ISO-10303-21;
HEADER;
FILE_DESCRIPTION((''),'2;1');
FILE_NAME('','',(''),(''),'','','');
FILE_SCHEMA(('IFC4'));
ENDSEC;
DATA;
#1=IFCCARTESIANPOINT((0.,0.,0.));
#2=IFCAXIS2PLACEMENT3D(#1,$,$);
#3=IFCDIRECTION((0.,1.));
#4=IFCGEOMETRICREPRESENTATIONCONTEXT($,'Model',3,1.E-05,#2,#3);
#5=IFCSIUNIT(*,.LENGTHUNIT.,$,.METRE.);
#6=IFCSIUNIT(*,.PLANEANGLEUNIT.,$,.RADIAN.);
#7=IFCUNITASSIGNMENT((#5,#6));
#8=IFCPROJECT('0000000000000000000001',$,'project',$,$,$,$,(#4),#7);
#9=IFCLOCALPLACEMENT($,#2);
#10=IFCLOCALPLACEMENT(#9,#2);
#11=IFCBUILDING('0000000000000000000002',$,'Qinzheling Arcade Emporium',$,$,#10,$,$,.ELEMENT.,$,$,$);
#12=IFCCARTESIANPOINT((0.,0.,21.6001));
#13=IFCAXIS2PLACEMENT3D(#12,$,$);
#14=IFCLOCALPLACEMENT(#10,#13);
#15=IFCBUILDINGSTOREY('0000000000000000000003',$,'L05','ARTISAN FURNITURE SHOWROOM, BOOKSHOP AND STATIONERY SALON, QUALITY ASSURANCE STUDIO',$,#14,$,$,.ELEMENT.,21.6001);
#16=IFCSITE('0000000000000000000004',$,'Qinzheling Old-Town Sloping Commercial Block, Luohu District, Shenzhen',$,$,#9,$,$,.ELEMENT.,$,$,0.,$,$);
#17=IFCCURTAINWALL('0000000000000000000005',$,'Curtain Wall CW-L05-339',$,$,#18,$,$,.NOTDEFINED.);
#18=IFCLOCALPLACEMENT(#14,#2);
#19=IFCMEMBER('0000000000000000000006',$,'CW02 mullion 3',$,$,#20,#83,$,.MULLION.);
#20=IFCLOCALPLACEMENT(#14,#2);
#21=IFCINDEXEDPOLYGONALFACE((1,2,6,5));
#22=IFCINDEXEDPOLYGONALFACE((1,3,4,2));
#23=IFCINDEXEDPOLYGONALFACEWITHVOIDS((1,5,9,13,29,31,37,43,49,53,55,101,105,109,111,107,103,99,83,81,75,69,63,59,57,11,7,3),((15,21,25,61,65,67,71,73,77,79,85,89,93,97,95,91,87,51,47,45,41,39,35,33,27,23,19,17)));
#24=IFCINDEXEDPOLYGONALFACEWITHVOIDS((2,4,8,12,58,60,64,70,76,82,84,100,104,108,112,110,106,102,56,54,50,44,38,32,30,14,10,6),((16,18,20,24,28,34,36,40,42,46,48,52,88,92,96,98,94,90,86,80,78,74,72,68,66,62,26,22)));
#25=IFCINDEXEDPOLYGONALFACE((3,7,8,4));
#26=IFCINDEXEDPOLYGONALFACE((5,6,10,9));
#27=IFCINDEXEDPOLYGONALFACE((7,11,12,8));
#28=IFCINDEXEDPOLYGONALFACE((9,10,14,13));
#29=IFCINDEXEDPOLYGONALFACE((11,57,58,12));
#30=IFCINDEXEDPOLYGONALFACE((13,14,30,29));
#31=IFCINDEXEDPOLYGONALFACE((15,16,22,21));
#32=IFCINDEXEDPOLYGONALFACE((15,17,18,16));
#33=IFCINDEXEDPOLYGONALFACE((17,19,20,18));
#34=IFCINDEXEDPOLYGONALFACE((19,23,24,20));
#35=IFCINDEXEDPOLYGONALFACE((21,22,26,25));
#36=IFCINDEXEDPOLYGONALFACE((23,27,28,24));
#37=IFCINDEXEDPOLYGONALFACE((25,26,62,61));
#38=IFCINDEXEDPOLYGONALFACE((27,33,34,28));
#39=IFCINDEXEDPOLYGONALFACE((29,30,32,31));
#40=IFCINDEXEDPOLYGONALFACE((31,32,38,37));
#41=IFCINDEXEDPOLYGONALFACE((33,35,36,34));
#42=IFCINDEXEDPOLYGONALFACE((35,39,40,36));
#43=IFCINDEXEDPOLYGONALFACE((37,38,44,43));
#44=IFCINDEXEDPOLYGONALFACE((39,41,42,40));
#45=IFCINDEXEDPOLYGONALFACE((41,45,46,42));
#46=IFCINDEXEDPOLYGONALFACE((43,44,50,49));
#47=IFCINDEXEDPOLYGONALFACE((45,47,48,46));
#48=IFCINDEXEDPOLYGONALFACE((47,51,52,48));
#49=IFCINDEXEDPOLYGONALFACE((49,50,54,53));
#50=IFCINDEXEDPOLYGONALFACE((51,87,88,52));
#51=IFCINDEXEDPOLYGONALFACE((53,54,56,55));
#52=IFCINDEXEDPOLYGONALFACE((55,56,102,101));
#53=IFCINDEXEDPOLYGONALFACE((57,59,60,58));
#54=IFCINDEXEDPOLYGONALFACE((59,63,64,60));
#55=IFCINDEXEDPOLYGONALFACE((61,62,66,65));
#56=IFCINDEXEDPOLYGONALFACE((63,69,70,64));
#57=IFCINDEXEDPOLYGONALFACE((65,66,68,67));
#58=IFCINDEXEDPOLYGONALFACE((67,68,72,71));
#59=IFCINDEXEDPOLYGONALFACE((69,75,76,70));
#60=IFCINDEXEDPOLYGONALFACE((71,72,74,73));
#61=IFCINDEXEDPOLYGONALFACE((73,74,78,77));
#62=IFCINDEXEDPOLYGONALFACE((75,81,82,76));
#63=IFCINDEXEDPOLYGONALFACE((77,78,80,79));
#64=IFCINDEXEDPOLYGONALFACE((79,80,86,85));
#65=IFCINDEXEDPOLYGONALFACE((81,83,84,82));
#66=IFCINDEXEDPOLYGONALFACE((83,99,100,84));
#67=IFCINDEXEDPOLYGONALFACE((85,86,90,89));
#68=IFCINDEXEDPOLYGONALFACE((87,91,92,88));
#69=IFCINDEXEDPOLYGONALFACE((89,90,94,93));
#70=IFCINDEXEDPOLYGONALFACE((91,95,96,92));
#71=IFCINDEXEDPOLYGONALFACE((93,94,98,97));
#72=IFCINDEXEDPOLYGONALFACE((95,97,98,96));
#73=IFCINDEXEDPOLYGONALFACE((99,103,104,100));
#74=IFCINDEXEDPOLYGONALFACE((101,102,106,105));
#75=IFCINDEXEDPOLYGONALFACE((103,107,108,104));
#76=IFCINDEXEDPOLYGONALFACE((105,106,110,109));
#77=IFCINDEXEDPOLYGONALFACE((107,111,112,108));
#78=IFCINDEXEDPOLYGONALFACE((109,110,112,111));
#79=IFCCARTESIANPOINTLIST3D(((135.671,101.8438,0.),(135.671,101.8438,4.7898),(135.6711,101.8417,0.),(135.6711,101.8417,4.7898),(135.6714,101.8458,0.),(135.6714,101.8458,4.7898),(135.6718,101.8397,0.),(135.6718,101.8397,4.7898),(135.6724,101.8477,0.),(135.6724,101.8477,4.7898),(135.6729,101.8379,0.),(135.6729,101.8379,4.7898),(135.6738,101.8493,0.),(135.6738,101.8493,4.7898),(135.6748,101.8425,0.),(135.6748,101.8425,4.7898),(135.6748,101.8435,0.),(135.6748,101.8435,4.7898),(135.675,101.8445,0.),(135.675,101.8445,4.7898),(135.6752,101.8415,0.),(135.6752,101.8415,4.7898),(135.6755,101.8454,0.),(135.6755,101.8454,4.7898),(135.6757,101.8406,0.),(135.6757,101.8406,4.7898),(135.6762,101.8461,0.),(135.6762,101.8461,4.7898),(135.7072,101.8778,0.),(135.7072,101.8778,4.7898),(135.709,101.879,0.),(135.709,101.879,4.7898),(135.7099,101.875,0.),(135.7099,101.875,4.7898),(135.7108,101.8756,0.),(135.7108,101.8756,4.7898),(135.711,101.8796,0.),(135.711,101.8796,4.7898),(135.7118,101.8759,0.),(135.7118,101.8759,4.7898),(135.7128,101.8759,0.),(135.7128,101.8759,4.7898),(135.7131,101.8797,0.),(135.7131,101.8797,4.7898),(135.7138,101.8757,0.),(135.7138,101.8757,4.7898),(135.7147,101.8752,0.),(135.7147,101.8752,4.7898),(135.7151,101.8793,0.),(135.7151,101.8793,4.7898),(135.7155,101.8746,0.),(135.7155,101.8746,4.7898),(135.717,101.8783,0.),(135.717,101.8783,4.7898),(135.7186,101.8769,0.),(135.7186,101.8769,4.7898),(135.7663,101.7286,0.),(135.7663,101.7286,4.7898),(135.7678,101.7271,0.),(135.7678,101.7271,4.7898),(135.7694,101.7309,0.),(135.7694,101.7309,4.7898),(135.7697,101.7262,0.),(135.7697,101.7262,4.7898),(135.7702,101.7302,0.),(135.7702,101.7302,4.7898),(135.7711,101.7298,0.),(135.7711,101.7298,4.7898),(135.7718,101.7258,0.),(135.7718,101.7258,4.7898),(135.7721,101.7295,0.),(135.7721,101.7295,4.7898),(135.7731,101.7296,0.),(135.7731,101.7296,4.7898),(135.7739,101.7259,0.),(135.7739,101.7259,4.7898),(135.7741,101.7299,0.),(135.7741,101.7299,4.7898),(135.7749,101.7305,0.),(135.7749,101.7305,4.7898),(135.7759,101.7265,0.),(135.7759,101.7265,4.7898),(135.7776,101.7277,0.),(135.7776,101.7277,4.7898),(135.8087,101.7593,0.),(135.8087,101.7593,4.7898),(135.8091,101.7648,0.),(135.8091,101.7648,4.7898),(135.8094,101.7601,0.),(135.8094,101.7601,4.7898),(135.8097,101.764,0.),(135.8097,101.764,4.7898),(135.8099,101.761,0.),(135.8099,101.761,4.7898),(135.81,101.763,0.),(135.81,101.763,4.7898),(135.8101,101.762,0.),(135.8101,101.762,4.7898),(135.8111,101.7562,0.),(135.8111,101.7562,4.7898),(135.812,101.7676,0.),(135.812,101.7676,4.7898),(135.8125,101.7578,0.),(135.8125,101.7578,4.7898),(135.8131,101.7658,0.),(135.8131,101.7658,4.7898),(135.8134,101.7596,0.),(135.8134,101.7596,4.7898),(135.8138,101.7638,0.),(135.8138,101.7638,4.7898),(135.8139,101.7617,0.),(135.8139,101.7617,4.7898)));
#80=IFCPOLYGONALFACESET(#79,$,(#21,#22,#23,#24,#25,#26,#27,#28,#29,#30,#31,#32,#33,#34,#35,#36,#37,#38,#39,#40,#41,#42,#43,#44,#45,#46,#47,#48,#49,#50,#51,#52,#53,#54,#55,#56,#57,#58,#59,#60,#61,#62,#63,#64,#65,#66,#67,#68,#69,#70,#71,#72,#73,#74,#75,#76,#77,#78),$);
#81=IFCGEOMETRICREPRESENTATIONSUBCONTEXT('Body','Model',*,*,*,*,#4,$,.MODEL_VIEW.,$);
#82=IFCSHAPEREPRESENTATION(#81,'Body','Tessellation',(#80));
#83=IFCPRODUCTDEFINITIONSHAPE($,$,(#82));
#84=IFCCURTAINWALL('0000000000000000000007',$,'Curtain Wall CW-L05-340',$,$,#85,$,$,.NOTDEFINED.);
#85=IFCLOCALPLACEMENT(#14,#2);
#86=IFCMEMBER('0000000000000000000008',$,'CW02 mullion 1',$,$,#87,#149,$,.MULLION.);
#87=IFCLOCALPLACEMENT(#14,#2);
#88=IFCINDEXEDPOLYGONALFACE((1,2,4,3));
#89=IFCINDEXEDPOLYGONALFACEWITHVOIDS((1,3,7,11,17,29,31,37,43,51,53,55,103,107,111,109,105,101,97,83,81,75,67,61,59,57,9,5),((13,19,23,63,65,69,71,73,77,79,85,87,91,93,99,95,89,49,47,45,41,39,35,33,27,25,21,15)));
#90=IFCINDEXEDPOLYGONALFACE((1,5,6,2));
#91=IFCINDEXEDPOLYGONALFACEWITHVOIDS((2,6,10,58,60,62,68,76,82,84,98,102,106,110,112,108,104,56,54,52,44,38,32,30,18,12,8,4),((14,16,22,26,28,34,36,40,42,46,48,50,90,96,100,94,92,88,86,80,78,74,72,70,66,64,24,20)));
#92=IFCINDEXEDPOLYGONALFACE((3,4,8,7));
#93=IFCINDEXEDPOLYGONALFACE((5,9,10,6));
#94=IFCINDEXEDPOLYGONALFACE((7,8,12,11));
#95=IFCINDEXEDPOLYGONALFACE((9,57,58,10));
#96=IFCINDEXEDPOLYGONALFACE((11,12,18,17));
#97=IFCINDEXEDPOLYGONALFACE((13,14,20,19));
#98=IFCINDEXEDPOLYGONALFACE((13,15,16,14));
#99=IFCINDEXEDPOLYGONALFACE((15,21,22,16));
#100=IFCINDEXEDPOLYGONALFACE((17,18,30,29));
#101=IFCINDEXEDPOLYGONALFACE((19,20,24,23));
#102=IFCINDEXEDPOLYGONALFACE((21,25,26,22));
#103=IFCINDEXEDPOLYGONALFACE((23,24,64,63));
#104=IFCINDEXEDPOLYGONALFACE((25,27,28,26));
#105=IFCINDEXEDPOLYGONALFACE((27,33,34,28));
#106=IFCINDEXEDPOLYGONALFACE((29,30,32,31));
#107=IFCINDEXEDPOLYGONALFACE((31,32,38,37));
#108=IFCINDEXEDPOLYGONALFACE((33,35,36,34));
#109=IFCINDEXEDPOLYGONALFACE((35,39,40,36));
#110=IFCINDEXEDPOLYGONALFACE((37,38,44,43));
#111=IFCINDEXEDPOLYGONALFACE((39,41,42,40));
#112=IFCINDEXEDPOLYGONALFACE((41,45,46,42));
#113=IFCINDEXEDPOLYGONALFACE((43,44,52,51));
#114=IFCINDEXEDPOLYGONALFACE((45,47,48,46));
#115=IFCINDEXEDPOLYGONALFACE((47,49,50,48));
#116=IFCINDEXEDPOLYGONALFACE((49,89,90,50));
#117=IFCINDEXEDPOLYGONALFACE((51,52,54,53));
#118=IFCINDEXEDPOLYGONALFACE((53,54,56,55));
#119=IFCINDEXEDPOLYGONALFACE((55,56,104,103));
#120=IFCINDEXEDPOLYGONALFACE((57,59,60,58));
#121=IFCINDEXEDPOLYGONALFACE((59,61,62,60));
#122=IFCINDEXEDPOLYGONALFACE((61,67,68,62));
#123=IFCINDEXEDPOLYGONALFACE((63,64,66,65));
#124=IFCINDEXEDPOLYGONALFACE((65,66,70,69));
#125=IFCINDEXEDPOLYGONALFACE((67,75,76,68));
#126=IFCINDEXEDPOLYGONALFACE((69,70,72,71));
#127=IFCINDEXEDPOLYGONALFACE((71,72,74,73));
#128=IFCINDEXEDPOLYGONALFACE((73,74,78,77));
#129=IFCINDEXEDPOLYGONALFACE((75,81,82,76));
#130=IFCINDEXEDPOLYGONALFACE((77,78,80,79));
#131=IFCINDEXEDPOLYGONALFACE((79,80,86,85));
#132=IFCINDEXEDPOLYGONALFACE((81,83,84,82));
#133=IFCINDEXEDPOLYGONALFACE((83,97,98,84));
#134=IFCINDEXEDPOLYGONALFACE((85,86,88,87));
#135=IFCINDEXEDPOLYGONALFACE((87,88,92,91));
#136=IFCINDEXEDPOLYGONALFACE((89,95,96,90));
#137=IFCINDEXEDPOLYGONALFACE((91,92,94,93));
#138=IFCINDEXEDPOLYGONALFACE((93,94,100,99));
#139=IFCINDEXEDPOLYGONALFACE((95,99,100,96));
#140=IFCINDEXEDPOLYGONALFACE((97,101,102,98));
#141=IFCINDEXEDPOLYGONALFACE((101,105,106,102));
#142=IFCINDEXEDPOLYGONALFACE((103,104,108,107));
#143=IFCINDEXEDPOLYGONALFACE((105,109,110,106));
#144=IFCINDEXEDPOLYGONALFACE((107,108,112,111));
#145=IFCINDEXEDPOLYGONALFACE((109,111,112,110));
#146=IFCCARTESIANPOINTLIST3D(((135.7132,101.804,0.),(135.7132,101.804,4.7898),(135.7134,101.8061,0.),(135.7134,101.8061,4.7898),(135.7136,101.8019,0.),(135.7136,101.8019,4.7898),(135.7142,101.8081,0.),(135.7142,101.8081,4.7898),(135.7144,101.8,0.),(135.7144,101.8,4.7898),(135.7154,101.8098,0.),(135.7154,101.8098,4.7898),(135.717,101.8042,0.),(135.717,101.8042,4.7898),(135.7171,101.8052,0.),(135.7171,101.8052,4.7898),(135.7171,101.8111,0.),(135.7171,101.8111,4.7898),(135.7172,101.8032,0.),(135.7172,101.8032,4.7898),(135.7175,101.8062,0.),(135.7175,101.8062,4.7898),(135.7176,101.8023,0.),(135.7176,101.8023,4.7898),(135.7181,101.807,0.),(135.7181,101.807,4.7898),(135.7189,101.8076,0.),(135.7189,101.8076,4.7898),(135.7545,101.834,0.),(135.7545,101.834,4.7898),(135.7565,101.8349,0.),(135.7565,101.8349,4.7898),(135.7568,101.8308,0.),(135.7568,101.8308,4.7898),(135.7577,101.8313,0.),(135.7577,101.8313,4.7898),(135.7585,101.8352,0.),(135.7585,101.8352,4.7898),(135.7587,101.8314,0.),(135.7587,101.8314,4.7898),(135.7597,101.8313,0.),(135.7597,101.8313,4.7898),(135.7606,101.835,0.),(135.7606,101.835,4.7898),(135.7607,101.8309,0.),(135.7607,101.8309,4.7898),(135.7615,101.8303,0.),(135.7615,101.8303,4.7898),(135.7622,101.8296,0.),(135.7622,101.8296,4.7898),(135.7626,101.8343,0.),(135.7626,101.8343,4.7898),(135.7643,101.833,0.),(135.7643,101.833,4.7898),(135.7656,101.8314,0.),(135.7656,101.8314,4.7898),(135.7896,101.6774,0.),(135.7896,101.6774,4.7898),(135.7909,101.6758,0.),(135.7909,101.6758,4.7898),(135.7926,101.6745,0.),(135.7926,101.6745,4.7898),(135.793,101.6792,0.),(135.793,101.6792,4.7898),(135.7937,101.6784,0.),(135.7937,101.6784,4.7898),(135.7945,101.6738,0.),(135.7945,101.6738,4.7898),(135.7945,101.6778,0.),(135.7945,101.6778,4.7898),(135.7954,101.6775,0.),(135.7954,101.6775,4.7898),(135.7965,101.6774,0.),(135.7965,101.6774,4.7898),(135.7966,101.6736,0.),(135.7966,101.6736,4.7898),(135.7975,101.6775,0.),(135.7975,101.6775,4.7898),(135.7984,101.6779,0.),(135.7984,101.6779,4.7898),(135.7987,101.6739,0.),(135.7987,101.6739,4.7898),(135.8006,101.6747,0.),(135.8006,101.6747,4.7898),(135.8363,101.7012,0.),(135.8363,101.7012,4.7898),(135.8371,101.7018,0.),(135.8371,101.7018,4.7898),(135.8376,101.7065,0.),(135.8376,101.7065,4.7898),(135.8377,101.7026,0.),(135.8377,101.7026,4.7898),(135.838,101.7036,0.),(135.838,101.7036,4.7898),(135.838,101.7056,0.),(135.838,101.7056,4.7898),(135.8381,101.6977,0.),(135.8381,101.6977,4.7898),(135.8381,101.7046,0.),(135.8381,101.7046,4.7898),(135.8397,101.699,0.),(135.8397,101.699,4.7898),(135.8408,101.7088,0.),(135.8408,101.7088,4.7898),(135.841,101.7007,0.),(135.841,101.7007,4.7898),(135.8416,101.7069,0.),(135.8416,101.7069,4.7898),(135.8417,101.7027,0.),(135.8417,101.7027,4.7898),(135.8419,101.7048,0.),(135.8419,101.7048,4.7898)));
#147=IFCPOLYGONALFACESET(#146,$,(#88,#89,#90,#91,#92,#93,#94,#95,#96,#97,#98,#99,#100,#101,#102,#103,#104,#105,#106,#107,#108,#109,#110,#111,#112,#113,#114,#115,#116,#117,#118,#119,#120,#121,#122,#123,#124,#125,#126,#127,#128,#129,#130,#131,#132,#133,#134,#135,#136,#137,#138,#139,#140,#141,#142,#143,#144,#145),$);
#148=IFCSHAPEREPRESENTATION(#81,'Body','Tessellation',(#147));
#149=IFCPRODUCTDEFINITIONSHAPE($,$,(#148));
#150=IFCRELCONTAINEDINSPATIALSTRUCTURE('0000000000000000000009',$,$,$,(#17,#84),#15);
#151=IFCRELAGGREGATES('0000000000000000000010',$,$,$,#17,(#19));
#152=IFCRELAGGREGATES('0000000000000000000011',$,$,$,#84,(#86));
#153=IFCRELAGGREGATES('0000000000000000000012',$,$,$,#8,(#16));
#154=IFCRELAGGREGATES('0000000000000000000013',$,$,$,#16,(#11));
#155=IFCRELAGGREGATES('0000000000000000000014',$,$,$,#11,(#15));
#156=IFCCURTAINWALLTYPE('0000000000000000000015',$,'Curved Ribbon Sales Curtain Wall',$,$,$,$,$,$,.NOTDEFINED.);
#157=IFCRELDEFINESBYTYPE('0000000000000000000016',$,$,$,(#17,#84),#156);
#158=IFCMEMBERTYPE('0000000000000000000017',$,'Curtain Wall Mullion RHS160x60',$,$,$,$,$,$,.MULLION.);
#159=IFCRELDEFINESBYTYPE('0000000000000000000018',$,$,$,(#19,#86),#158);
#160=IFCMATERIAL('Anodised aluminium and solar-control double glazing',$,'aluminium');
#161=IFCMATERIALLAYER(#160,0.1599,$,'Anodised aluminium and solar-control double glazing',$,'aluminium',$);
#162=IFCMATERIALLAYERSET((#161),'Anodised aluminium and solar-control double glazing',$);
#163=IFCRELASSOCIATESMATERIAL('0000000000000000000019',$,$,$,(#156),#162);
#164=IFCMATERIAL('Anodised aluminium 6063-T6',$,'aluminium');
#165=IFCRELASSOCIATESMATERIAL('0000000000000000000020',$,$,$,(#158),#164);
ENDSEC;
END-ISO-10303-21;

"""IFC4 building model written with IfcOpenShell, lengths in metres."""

from ifc_helpers import new_model, si_unit, direction, frame, origin, origin_2d, place, context, subcontext, project, spatial, hollow_rectangle, extrude, material, layer, layer_set, material_profile, profile_set, type_object, element, aggregate, save


model = new_model("IFC4")

# Units and contexts
model_context = context("Model", 3, precision=1e-05, world=origin(), true_north=direction((0.0, 1.0)))
body_context = subcontext(model_context, "Body", "Model", "MODEL_VIEW")
ifc_project = project(units=[si_unit("LENGTHUNIT", "METRE"), si_unit("PLANEANGLEUNIT", "RADIAN")], contexts=[model_context])

# Site, building, storey
site_placement = place(None, origin())
site = spatial("IfcSite", under=ifc_project, at=site_placement, Name="Qinzheling Old-Town Sloping Commercial Block, Luohu District, Shenzhen", CompositionType="ELEMENT", RefElevation=0.0)
building_placement = place(site_placement, origin())
building = spatial("IfcBuilding", under=site, at=building_placement, Name="Qinzheling Arcade Emporium", CompositionType="ELEMENT")
storey_placement = place(building_placement, frame((0.0, 0.0, 21.6001)))
storey = spatial("IfcBuildingStorey", under=building, at=storey_placement, Name="L05", Description="ARTISAN FURNITURE SHOWROOM, BOOKSHOP AND STATIONERY SALON, QUALITY ASSURANCE STUDIO", CompositionType="ELEMENT", Elevation=21.6001)

# Curtain wall, member
ifc_material_1 = material(Name="Anodised aluminium and solar-control double glazing", Category="aluminium")
ifc_layer_1 = layer(ifc_material_1, 0.1599, Name="Anodised aluminium and solar-control double glazing", Category="aluminium")
ifc_layer_set_1 = layer_set([ifc_layer_1], Name="Anodised aluminium and solar-control double glazing")
curtain_wall_type = type_object("IfcCurtainWallType", Name="Curved Ribbon Sales Curtain Wall", PredefinedType="NOTDEFINED", material=ifc_layer_set_1)
curtain_wall_1_placement = place(storey_placement, origin())
curtain_wall_1 = element("IfcCurtainWall", 1, at=curtain_wall_1_placement, inside=storey, type_object=curtain_wall_type, Name="Curtain Wall CW-L05-339", PredefinedType="NOTDEFINED")
ifc_material_2 = material(Name="Anodised aluminium 6063-T6", Category="aluminium")
ifc_material_profile_1 = material_profile(ifc_material_2, hollow_rectangle(XDim=0.0601, YDim=0.1599, WallThickness=0.0039, InnerFilletRadius=0.0039, OuterFilletRadius=0.0081, at=origin_2d()), Name="RHS 160x60x4", Category="aluminium")
ifc_profile_set_1 = profile_set([ifc_material_profile_1], Name="Anodised aluminium 6063-T6")
member_type_1 = type_object("IfcMemberType", Name="Curtain Wall Mullion RHS160x60", PredefinedType="MULLION", material=ifc_profile_set_1)
member_1_placement = place(storey_placement, frame((135.7424, 101.8027, 0.0), z_axis=(0.0, 0.0, 1.0), x_axis=(0.760505, 0.649332, 0.0)))
member_1 = element("IfcMember", 2, at=member_1_placement, type_object=member_type_1, Name="CW02 mullion 3", PredefinedType="MULLION", context=body_context, shape_type="SweptSolid", body=[
    extrude(hollow_rectangle(XDim=0.0601, YDim=0.1599, WallThickness=0.0039, InnerFilletRadius=0.0039, OuterFilletRadius=0.0081, at=origin_2d()), origin(), (0.0, 0.0, 1.0), 4.7898),
])

# Curtain wall, member
curtain_wall_2_placement = place(storey_placement, origin())
curtain_wall_2 = element("IfcCurtainWall", 3, at=curtain_wall_2_placement, inside=storey, type_object=curtain_wall_type, Name="Curtain Wall CW-L05-340", PredefinedType="NOTDEFINED")
member_2_placement = place(storey_placement, frame((135.7776, 101.7544, 0.0), z_axis=(0.0, 0.0, 1.0), x_axis=(0.852581, 0.522595, 0.0)))
member_2 = element("IfcMember", 4, at=member_2_placement, type_object=member_type_1, Name="CW02 mullion 1", PredefinedType="MULLION", context=body_context, shape_type="SweptSolid", body=[
    extrude(hollow_rectangle(XDim=0.0601, YDim=0.1599, WallThickness=0.0039, InnerFilletRadius=0.0039, OuterFilletRadius=0.0081, at=origin_2d()), origin(), (0.0, 0.0, 1.0), 4.7898),
])

aggregate(curtain_wall_1, [member_1])
aggregate(curtain_wall_2, [member_2])

save(model, "model.ifc")
